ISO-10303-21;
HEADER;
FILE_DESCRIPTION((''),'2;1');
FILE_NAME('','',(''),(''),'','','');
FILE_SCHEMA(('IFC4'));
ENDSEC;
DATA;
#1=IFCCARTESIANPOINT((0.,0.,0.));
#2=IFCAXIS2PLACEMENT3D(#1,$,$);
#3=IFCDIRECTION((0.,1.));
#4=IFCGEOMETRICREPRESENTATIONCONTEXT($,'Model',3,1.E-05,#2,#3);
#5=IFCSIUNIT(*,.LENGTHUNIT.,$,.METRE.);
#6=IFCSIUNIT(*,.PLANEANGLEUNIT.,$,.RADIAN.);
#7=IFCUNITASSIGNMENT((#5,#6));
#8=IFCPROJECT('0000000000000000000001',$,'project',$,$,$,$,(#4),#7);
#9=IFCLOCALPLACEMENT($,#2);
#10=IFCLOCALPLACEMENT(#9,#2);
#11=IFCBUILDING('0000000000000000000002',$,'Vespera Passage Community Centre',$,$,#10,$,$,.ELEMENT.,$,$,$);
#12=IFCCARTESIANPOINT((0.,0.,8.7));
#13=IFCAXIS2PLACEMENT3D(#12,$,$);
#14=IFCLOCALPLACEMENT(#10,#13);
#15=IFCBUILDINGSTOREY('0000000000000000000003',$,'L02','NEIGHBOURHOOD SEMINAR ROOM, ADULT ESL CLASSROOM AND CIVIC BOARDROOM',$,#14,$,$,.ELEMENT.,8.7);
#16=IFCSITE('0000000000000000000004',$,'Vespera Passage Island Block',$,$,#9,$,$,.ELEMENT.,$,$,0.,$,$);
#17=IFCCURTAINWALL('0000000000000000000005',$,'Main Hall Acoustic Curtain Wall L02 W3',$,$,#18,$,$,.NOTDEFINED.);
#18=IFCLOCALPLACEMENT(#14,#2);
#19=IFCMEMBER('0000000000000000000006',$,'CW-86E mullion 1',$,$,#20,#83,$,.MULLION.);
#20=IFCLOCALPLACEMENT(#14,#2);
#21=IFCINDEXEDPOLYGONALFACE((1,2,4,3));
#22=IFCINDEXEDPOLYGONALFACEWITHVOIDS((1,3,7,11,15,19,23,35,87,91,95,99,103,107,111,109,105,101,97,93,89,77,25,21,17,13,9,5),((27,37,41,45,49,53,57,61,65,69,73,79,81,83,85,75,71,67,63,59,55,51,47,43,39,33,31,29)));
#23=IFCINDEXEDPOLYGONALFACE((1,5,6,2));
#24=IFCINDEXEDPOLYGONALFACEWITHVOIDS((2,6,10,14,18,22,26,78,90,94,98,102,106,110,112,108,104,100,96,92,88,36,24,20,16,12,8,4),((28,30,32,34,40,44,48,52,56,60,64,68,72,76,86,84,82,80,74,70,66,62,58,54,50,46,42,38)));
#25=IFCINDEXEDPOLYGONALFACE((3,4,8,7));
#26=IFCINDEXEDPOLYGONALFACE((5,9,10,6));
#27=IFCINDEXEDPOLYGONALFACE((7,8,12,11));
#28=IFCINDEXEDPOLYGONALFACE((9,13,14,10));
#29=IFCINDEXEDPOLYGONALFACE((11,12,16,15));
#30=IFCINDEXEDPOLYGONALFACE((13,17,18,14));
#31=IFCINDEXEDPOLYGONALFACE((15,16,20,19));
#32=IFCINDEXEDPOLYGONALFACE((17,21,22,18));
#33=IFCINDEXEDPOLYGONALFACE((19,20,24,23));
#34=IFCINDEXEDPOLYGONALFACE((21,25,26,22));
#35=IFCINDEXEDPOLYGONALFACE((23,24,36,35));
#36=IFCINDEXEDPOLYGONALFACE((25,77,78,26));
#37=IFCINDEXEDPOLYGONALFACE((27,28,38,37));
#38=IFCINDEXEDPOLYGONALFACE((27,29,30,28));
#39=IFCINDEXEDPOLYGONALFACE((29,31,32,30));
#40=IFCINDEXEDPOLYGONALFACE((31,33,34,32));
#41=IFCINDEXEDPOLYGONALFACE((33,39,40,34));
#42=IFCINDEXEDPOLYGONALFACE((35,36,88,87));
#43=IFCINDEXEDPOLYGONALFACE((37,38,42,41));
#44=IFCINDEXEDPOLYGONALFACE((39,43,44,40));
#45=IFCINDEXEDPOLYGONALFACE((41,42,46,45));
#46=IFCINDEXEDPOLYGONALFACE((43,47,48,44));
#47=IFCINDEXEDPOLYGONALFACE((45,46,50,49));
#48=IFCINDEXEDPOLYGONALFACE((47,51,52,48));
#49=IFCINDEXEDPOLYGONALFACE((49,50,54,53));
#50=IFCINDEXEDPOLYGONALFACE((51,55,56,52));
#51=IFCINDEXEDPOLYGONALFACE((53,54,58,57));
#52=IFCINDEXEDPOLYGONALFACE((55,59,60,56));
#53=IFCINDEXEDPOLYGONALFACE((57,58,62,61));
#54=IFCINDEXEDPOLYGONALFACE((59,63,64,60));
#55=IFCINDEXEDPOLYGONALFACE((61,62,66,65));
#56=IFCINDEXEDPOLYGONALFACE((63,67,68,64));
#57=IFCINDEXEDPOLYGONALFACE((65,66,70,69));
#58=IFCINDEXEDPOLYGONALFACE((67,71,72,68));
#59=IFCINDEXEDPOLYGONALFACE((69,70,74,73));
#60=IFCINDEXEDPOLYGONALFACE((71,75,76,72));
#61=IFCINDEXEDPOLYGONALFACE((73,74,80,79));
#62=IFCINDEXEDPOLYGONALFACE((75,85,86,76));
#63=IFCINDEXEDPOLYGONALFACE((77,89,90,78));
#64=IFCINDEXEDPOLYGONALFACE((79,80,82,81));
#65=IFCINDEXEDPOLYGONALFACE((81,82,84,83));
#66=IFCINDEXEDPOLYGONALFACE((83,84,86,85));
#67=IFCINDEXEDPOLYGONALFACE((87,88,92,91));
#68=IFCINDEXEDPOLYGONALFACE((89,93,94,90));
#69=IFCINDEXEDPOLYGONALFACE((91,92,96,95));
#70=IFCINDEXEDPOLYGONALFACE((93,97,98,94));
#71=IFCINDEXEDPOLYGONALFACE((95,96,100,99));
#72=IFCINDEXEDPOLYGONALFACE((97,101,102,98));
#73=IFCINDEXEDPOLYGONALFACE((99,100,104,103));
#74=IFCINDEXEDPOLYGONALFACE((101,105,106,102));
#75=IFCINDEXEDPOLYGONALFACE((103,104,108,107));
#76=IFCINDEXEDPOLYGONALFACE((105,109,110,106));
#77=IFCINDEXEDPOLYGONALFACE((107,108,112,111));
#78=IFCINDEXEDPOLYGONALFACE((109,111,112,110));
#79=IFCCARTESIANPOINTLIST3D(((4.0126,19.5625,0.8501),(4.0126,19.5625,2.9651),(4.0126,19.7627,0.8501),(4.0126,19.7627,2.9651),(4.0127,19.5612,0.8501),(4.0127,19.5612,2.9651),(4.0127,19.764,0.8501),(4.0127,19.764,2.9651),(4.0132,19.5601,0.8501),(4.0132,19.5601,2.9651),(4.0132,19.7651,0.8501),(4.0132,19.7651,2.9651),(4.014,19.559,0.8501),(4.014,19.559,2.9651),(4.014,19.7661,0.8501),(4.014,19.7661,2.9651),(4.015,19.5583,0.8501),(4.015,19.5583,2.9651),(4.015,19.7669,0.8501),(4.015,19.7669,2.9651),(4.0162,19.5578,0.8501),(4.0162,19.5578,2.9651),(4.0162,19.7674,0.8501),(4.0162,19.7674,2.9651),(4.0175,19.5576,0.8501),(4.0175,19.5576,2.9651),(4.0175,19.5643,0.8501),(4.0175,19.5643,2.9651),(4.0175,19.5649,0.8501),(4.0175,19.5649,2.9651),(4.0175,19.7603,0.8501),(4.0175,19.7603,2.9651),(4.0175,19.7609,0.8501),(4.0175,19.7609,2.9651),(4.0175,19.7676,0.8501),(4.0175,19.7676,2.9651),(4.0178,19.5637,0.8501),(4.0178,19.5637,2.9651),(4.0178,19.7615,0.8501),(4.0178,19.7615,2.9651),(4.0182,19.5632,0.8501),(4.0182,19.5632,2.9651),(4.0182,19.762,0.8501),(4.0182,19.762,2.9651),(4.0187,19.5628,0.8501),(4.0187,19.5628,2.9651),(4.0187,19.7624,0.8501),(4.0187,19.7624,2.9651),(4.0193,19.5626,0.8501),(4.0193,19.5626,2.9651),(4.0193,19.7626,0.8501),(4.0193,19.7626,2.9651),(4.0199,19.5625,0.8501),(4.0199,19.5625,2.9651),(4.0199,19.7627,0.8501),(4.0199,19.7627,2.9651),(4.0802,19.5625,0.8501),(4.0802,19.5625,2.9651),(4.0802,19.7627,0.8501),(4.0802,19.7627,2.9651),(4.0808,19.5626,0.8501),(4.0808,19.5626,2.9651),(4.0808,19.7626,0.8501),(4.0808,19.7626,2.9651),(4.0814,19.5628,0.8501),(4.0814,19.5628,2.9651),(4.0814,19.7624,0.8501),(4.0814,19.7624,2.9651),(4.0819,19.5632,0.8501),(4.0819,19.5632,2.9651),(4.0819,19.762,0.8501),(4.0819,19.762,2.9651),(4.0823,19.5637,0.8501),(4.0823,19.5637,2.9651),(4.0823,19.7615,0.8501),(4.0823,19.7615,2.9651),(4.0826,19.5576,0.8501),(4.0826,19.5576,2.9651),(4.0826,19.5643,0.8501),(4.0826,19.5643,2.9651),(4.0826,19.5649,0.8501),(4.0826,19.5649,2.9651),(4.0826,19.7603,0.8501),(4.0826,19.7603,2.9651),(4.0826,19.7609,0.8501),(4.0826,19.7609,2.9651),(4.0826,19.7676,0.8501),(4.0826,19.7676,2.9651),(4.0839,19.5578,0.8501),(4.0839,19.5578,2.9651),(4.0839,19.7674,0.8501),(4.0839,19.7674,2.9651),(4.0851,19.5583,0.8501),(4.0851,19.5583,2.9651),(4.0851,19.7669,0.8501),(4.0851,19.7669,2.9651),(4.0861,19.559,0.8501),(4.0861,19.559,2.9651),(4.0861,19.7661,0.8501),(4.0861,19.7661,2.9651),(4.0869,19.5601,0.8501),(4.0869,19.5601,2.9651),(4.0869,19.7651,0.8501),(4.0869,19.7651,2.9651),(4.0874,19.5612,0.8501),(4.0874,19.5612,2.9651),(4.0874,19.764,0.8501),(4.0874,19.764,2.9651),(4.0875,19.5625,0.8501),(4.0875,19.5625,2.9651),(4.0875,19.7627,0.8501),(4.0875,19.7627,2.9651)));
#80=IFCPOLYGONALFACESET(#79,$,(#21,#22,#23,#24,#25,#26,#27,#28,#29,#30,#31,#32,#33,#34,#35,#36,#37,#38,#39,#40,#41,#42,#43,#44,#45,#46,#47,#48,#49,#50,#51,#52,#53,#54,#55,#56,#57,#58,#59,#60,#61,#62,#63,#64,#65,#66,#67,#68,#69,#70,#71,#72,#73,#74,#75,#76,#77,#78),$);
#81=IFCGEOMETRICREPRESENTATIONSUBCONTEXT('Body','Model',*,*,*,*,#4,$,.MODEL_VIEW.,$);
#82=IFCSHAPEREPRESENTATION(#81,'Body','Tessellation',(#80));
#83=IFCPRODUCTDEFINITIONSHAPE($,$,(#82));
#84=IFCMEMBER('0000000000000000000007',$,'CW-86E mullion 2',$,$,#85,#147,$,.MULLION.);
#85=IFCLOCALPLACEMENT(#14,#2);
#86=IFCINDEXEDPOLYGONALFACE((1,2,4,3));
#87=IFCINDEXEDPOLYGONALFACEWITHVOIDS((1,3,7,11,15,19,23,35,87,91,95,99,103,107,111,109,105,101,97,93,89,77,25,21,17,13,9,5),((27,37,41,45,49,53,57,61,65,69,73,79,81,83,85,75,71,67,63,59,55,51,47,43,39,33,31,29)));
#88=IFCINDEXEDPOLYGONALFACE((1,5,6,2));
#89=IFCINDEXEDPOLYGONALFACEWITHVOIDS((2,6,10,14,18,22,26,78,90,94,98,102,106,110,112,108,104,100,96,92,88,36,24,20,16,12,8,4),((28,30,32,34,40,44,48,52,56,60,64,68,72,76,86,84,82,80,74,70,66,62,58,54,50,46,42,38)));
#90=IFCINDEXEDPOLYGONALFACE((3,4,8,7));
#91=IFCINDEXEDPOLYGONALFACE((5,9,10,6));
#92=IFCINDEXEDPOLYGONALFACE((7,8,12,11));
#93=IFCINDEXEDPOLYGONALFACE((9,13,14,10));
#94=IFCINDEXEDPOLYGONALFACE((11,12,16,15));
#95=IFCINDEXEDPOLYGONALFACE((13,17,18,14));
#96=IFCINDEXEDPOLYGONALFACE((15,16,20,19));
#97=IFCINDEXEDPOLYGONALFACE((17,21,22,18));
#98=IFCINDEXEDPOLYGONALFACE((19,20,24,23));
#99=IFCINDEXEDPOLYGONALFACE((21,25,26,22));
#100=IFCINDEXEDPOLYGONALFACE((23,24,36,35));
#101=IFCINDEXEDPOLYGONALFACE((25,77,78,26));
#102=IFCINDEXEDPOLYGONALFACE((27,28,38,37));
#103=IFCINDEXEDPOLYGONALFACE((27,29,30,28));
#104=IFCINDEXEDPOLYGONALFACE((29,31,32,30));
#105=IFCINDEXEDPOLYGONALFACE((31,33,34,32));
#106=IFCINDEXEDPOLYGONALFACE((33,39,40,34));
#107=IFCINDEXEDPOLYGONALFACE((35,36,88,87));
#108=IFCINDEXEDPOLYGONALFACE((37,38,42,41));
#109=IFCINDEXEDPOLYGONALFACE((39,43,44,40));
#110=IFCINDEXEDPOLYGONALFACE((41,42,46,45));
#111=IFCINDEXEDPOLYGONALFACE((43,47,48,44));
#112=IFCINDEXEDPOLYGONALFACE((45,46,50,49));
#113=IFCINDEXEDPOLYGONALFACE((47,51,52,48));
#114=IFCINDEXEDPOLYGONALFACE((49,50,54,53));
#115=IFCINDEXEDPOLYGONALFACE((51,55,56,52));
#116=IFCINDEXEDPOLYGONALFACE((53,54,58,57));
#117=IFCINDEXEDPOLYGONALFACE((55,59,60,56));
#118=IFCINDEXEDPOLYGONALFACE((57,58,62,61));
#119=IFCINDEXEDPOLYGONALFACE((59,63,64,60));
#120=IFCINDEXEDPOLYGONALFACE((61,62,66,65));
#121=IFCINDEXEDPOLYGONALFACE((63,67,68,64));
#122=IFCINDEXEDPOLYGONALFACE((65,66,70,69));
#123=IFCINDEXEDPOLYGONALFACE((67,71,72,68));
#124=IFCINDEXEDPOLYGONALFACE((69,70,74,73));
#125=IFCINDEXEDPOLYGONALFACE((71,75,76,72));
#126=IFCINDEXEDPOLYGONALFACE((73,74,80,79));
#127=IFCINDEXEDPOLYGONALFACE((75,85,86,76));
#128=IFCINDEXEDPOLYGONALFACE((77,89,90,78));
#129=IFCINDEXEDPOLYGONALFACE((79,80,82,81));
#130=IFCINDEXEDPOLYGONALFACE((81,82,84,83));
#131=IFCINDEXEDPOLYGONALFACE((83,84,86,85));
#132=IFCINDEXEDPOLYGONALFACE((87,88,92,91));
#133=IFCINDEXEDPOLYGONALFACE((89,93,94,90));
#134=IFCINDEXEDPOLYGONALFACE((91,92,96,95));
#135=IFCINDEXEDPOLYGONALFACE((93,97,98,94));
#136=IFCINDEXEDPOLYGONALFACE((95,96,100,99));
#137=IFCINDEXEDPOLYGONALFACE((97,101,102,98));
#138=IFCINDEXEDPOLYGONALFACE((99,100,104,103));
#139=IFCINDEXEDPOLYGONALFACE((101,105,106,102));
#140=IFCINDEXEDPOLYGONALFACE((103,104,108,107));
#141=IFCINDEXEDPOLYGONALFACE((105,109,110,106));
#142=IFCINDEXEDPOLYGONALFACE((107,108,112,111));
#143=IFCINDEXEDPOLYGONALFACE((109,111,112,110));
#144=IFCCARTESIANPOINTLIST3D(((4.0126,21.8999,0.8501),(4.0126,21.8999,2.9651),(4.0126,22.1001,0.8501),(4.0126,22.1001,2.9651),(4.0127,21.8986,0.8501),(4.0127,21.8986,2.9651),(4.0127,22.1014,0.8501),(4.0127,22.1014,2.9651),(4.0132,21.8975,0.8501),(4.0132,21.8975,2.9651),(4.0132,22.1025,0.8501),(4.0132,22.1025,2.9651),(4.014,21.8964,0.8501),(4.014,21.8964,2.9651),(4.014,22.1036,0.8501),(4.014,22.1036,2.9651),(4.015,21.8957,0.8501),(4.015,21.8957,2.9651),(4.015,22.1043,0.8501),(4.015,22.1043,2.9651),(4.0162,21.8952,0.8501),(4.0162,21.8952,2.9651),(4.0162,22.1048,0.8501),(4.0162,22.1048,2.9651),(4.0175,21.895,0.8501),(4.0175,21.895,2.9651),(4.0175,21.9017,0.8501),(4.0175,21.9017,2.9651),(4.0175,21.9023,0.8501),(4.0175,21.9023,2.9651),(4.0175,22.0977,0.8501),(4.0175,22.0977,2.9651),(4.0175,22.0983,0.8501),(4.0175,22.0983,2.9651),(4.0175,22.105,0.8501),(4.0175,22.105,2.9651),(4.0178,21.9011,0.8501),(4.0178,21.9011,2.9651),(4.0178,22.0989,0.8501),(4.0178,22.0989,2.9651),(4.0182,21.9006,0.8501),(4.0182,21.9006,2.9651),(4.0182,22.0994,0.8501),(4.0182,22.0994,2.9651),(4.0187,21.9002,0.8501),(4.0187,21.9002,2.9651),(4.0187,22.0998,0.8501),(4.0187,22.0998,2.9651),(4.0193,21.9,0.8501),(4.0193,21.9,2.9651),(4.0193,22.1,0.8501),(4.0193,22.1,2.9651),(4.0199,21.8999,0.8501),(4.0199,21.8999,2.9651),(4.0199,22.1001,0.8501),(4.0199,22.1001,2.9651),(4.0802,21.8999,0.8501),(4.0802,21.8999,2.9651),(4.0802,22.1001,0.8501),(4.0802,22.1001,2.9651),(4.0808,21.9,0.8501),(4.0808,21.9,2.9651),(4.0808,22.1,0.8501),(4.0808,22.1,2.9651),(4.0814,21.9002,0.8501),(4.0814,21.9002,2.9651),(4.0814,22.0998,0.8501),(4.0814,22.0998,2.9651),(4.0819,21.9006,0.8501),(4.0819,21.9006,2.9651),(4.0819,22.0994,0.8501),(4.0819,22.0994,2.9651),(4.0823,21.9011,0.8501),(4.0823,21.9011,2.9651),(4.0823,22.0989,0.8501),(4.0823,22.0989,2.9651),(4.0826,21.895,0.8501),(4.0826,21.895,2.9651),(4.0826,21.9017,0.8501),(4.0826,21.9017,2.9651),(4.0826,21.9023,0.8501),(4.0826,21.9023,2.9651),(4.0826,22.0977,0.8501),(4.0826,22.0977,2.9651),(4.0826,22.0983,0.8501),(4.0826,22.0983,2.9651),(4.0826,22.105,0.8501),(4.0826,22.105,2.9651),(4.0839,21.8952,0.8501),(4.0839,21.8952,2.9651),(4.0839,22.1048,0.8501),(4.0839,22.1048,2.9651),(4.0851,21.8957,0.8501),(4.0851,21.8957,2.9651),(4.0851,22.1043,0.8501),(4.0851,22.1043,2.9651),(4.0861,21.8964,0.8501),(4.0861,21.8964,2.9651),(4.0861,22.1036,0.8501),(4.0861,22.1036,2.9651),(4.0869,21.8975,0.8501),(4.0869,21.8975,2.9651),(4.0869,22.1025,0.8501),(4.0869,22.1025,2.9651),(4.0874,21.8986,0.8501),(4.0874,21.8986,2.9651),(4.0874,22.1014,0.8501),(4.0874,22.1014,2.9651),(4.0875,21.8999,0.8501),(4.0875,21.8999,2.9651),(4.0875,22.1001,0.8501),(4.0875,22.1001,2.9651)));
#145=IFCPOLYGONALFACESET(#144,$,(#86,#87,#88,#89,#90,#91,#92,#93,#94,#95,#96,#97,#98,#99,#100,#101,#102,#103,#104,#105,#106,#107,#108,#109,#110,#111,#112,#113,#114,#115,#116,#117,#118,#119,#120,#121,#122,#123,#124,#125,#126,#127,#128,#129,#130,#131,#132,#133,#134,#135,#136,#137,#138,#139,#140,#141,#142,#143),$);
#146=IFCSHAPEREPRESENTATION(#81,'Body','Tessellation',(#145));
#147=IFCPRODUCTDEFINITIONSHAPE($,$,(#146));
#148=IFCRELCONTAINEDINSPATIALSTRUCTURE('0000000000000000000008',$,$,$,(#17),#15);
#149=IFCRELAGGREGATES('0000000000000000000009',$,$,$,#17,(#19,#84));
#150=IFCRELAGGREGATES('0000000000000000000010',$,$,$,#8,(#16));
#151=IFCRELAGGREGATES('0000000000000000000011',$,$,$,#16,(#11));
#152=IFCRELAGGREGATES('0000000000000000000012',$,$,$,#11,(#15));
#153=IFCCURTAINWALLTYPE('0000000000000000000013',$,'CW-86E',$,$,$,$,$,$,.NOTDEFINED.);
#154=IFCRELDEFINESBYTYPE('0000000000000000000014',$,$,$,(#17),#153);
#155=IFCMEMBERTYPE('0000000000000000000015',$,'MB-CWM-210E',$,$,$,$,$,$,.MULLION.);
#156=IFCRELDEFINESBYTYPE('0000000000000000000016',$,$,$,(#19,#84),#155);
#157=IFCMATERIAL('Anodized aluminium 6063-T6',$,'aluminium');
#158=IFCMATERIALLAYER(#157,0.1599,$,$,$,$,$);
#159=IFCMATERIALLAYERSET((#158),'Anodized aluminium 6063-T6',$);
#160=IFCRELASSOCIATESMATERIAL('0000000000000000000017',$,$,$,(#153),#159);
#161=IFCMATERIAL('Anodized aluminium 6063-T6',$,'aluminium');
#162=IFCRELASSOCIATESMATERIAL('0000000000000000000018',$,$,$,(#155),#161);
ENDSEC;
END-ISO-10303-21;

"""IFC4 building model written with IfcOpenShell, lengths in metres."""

from ifc_helpers import new_model, si_unit, direction, frame, origin, origin_2d, place, context, subcontext, project, spatial, hollow_rectangle, extrude, material, layer, layer_set, material_profile, profile_set, type_object, element, aggregate, save


model = new_model("IFC4")

# Units and contexts
model_context = context("Model", 3, precision=1e-05, world=origin(), true_north=direction((0.0, 1.0)))
body_context = subcontext(model_context, "Body", "Model", "MODEL_VIEW")
ifc_project = project(units=[si_unit("LENGTHUNIT", "METRE"), si_unit("PLANEANGLEUNIT", "RADIAN")], contexts=[model_context])

# Site, building, storey
site_placement = place(None, origin())
site = spatial("IfcSite", under=ifc_project, at=site_placement, Name="Vespera Passage Island Block", CompositionType="ELEMENT", RefElevation=0.0)
building_placement = place(site_placement, origin())
building = spatial("IfcBuilding", under=site, at=building_placement, Name="Vespera Passage Community Centre", CompositionType="ELEMENT")
storey_placement = place(building_placement, frame((0.0, 0.0, 8.7)))
storey = spatial("IfcBuildingStorey", under=building, at=storey_placement, Name="L02", Description="NEIGHBOURHOOD SEMINAR ROOM, ADULT ESL CLASSROOM AND CIVIC BOARDROOM", CompositionType="ELEMENT", Elevation=8.7)

# Shared definitions
ifc_material_1 = material(Name="Anodized aluminium 6063-T6", Category="aluminium")
ifc_layer_1 = layer(ifc_material_1, 0.1599)
ifc_layer_set_1 = layer_set([ifc_layer_1], Name="Anodized aluminium 6063-T6")
curtain_wall_type = type_object("IfcCurtainWallType", Name="CW-86E", PredefinedType="NOTDEFINED", material=ifc_layer_set_1)
ifc_material_2 = material(Name="Anodized aluminium 6063-T6", Category="aluminium")
ifc_material_profile_1 = material_profile(ifc_material_2, hollow_rectangle(XDim=0.075, YDim=0.21, WallThickness=0.0049, InnerFilletRadius=0.0024, OuterFilletRadius=0.0049, at=origin_2d()), Name="ALU210X75X5")
ifc_profile_set_1 = profile_set([ifc_material_profile_1], Name="Anodized aluminium 6063-T6")
member_type_1 = type_object("IfcMemberType", Name="MB-CWM-210E", PredefinedType="MULLION", material=ifc_profile_set_1)

# Curtain wall, members
curtain_wall_1_placement = place(storey_placement, origin())
curtain_wall_1 = element("IfcCurtainWall", 1, at=curtain_wall_1_placement, inside=storey, type_object=curtain_wall_type, Name="Main Hall Acoustic Curtain Wall L02 W3", PredefinedType="NOTDEFINED")
member_1_placement = place(storey_placement, frame((4.05, 19.6626, 0.8501), z_axis=(0.0, 0.0, 1.0), x_axis=(-1.0, 0.0, 0.0)))
member_1 = element("IfcMember", 2, at=member_1_placement, type_object=member_type_1, Name="CW-86E mullion 1", PredefinedType="MULLION", context=body_context, shape_type="SweptSolid", body=[
    extrude(hollow_rectangle(XDim=0.075, YDim=0.21, WallThickness=0.0049, InnerFilletRadius=0.0024, OuterFilletRadius=0.0049, at=origin_2d()), origin(), (0.0, 0.0, 1.0), 2.115),
])
member_2_placement = place(storey_placement, frame((4.05, 22.0, 0.8501), z_axis=(0.0, 0.0, 1.0), x_axis=(-1.0, 0.0, 0.0)))
member_2 = element("IfcMember", 3, at=member_2_placement, type_object=member_type_1, Name="CW-86E mullion 2", PredefinedType="MULLION", context=body_context, shape_type="SweptSolid", body=[
    extrude(hollow_rectangle(XDim=0.075, YDim=0.21, WallThickness=0.0049, InnerFilletRadius=0.0024, OuterFilletRadius=0.0049, at=origin_2d()), origin(), (0.0, 0.0, 1.0), 2.115),
])

aggregate(curtain_wall_1, [member_1, member_2])

save(model, "model.ifc")
